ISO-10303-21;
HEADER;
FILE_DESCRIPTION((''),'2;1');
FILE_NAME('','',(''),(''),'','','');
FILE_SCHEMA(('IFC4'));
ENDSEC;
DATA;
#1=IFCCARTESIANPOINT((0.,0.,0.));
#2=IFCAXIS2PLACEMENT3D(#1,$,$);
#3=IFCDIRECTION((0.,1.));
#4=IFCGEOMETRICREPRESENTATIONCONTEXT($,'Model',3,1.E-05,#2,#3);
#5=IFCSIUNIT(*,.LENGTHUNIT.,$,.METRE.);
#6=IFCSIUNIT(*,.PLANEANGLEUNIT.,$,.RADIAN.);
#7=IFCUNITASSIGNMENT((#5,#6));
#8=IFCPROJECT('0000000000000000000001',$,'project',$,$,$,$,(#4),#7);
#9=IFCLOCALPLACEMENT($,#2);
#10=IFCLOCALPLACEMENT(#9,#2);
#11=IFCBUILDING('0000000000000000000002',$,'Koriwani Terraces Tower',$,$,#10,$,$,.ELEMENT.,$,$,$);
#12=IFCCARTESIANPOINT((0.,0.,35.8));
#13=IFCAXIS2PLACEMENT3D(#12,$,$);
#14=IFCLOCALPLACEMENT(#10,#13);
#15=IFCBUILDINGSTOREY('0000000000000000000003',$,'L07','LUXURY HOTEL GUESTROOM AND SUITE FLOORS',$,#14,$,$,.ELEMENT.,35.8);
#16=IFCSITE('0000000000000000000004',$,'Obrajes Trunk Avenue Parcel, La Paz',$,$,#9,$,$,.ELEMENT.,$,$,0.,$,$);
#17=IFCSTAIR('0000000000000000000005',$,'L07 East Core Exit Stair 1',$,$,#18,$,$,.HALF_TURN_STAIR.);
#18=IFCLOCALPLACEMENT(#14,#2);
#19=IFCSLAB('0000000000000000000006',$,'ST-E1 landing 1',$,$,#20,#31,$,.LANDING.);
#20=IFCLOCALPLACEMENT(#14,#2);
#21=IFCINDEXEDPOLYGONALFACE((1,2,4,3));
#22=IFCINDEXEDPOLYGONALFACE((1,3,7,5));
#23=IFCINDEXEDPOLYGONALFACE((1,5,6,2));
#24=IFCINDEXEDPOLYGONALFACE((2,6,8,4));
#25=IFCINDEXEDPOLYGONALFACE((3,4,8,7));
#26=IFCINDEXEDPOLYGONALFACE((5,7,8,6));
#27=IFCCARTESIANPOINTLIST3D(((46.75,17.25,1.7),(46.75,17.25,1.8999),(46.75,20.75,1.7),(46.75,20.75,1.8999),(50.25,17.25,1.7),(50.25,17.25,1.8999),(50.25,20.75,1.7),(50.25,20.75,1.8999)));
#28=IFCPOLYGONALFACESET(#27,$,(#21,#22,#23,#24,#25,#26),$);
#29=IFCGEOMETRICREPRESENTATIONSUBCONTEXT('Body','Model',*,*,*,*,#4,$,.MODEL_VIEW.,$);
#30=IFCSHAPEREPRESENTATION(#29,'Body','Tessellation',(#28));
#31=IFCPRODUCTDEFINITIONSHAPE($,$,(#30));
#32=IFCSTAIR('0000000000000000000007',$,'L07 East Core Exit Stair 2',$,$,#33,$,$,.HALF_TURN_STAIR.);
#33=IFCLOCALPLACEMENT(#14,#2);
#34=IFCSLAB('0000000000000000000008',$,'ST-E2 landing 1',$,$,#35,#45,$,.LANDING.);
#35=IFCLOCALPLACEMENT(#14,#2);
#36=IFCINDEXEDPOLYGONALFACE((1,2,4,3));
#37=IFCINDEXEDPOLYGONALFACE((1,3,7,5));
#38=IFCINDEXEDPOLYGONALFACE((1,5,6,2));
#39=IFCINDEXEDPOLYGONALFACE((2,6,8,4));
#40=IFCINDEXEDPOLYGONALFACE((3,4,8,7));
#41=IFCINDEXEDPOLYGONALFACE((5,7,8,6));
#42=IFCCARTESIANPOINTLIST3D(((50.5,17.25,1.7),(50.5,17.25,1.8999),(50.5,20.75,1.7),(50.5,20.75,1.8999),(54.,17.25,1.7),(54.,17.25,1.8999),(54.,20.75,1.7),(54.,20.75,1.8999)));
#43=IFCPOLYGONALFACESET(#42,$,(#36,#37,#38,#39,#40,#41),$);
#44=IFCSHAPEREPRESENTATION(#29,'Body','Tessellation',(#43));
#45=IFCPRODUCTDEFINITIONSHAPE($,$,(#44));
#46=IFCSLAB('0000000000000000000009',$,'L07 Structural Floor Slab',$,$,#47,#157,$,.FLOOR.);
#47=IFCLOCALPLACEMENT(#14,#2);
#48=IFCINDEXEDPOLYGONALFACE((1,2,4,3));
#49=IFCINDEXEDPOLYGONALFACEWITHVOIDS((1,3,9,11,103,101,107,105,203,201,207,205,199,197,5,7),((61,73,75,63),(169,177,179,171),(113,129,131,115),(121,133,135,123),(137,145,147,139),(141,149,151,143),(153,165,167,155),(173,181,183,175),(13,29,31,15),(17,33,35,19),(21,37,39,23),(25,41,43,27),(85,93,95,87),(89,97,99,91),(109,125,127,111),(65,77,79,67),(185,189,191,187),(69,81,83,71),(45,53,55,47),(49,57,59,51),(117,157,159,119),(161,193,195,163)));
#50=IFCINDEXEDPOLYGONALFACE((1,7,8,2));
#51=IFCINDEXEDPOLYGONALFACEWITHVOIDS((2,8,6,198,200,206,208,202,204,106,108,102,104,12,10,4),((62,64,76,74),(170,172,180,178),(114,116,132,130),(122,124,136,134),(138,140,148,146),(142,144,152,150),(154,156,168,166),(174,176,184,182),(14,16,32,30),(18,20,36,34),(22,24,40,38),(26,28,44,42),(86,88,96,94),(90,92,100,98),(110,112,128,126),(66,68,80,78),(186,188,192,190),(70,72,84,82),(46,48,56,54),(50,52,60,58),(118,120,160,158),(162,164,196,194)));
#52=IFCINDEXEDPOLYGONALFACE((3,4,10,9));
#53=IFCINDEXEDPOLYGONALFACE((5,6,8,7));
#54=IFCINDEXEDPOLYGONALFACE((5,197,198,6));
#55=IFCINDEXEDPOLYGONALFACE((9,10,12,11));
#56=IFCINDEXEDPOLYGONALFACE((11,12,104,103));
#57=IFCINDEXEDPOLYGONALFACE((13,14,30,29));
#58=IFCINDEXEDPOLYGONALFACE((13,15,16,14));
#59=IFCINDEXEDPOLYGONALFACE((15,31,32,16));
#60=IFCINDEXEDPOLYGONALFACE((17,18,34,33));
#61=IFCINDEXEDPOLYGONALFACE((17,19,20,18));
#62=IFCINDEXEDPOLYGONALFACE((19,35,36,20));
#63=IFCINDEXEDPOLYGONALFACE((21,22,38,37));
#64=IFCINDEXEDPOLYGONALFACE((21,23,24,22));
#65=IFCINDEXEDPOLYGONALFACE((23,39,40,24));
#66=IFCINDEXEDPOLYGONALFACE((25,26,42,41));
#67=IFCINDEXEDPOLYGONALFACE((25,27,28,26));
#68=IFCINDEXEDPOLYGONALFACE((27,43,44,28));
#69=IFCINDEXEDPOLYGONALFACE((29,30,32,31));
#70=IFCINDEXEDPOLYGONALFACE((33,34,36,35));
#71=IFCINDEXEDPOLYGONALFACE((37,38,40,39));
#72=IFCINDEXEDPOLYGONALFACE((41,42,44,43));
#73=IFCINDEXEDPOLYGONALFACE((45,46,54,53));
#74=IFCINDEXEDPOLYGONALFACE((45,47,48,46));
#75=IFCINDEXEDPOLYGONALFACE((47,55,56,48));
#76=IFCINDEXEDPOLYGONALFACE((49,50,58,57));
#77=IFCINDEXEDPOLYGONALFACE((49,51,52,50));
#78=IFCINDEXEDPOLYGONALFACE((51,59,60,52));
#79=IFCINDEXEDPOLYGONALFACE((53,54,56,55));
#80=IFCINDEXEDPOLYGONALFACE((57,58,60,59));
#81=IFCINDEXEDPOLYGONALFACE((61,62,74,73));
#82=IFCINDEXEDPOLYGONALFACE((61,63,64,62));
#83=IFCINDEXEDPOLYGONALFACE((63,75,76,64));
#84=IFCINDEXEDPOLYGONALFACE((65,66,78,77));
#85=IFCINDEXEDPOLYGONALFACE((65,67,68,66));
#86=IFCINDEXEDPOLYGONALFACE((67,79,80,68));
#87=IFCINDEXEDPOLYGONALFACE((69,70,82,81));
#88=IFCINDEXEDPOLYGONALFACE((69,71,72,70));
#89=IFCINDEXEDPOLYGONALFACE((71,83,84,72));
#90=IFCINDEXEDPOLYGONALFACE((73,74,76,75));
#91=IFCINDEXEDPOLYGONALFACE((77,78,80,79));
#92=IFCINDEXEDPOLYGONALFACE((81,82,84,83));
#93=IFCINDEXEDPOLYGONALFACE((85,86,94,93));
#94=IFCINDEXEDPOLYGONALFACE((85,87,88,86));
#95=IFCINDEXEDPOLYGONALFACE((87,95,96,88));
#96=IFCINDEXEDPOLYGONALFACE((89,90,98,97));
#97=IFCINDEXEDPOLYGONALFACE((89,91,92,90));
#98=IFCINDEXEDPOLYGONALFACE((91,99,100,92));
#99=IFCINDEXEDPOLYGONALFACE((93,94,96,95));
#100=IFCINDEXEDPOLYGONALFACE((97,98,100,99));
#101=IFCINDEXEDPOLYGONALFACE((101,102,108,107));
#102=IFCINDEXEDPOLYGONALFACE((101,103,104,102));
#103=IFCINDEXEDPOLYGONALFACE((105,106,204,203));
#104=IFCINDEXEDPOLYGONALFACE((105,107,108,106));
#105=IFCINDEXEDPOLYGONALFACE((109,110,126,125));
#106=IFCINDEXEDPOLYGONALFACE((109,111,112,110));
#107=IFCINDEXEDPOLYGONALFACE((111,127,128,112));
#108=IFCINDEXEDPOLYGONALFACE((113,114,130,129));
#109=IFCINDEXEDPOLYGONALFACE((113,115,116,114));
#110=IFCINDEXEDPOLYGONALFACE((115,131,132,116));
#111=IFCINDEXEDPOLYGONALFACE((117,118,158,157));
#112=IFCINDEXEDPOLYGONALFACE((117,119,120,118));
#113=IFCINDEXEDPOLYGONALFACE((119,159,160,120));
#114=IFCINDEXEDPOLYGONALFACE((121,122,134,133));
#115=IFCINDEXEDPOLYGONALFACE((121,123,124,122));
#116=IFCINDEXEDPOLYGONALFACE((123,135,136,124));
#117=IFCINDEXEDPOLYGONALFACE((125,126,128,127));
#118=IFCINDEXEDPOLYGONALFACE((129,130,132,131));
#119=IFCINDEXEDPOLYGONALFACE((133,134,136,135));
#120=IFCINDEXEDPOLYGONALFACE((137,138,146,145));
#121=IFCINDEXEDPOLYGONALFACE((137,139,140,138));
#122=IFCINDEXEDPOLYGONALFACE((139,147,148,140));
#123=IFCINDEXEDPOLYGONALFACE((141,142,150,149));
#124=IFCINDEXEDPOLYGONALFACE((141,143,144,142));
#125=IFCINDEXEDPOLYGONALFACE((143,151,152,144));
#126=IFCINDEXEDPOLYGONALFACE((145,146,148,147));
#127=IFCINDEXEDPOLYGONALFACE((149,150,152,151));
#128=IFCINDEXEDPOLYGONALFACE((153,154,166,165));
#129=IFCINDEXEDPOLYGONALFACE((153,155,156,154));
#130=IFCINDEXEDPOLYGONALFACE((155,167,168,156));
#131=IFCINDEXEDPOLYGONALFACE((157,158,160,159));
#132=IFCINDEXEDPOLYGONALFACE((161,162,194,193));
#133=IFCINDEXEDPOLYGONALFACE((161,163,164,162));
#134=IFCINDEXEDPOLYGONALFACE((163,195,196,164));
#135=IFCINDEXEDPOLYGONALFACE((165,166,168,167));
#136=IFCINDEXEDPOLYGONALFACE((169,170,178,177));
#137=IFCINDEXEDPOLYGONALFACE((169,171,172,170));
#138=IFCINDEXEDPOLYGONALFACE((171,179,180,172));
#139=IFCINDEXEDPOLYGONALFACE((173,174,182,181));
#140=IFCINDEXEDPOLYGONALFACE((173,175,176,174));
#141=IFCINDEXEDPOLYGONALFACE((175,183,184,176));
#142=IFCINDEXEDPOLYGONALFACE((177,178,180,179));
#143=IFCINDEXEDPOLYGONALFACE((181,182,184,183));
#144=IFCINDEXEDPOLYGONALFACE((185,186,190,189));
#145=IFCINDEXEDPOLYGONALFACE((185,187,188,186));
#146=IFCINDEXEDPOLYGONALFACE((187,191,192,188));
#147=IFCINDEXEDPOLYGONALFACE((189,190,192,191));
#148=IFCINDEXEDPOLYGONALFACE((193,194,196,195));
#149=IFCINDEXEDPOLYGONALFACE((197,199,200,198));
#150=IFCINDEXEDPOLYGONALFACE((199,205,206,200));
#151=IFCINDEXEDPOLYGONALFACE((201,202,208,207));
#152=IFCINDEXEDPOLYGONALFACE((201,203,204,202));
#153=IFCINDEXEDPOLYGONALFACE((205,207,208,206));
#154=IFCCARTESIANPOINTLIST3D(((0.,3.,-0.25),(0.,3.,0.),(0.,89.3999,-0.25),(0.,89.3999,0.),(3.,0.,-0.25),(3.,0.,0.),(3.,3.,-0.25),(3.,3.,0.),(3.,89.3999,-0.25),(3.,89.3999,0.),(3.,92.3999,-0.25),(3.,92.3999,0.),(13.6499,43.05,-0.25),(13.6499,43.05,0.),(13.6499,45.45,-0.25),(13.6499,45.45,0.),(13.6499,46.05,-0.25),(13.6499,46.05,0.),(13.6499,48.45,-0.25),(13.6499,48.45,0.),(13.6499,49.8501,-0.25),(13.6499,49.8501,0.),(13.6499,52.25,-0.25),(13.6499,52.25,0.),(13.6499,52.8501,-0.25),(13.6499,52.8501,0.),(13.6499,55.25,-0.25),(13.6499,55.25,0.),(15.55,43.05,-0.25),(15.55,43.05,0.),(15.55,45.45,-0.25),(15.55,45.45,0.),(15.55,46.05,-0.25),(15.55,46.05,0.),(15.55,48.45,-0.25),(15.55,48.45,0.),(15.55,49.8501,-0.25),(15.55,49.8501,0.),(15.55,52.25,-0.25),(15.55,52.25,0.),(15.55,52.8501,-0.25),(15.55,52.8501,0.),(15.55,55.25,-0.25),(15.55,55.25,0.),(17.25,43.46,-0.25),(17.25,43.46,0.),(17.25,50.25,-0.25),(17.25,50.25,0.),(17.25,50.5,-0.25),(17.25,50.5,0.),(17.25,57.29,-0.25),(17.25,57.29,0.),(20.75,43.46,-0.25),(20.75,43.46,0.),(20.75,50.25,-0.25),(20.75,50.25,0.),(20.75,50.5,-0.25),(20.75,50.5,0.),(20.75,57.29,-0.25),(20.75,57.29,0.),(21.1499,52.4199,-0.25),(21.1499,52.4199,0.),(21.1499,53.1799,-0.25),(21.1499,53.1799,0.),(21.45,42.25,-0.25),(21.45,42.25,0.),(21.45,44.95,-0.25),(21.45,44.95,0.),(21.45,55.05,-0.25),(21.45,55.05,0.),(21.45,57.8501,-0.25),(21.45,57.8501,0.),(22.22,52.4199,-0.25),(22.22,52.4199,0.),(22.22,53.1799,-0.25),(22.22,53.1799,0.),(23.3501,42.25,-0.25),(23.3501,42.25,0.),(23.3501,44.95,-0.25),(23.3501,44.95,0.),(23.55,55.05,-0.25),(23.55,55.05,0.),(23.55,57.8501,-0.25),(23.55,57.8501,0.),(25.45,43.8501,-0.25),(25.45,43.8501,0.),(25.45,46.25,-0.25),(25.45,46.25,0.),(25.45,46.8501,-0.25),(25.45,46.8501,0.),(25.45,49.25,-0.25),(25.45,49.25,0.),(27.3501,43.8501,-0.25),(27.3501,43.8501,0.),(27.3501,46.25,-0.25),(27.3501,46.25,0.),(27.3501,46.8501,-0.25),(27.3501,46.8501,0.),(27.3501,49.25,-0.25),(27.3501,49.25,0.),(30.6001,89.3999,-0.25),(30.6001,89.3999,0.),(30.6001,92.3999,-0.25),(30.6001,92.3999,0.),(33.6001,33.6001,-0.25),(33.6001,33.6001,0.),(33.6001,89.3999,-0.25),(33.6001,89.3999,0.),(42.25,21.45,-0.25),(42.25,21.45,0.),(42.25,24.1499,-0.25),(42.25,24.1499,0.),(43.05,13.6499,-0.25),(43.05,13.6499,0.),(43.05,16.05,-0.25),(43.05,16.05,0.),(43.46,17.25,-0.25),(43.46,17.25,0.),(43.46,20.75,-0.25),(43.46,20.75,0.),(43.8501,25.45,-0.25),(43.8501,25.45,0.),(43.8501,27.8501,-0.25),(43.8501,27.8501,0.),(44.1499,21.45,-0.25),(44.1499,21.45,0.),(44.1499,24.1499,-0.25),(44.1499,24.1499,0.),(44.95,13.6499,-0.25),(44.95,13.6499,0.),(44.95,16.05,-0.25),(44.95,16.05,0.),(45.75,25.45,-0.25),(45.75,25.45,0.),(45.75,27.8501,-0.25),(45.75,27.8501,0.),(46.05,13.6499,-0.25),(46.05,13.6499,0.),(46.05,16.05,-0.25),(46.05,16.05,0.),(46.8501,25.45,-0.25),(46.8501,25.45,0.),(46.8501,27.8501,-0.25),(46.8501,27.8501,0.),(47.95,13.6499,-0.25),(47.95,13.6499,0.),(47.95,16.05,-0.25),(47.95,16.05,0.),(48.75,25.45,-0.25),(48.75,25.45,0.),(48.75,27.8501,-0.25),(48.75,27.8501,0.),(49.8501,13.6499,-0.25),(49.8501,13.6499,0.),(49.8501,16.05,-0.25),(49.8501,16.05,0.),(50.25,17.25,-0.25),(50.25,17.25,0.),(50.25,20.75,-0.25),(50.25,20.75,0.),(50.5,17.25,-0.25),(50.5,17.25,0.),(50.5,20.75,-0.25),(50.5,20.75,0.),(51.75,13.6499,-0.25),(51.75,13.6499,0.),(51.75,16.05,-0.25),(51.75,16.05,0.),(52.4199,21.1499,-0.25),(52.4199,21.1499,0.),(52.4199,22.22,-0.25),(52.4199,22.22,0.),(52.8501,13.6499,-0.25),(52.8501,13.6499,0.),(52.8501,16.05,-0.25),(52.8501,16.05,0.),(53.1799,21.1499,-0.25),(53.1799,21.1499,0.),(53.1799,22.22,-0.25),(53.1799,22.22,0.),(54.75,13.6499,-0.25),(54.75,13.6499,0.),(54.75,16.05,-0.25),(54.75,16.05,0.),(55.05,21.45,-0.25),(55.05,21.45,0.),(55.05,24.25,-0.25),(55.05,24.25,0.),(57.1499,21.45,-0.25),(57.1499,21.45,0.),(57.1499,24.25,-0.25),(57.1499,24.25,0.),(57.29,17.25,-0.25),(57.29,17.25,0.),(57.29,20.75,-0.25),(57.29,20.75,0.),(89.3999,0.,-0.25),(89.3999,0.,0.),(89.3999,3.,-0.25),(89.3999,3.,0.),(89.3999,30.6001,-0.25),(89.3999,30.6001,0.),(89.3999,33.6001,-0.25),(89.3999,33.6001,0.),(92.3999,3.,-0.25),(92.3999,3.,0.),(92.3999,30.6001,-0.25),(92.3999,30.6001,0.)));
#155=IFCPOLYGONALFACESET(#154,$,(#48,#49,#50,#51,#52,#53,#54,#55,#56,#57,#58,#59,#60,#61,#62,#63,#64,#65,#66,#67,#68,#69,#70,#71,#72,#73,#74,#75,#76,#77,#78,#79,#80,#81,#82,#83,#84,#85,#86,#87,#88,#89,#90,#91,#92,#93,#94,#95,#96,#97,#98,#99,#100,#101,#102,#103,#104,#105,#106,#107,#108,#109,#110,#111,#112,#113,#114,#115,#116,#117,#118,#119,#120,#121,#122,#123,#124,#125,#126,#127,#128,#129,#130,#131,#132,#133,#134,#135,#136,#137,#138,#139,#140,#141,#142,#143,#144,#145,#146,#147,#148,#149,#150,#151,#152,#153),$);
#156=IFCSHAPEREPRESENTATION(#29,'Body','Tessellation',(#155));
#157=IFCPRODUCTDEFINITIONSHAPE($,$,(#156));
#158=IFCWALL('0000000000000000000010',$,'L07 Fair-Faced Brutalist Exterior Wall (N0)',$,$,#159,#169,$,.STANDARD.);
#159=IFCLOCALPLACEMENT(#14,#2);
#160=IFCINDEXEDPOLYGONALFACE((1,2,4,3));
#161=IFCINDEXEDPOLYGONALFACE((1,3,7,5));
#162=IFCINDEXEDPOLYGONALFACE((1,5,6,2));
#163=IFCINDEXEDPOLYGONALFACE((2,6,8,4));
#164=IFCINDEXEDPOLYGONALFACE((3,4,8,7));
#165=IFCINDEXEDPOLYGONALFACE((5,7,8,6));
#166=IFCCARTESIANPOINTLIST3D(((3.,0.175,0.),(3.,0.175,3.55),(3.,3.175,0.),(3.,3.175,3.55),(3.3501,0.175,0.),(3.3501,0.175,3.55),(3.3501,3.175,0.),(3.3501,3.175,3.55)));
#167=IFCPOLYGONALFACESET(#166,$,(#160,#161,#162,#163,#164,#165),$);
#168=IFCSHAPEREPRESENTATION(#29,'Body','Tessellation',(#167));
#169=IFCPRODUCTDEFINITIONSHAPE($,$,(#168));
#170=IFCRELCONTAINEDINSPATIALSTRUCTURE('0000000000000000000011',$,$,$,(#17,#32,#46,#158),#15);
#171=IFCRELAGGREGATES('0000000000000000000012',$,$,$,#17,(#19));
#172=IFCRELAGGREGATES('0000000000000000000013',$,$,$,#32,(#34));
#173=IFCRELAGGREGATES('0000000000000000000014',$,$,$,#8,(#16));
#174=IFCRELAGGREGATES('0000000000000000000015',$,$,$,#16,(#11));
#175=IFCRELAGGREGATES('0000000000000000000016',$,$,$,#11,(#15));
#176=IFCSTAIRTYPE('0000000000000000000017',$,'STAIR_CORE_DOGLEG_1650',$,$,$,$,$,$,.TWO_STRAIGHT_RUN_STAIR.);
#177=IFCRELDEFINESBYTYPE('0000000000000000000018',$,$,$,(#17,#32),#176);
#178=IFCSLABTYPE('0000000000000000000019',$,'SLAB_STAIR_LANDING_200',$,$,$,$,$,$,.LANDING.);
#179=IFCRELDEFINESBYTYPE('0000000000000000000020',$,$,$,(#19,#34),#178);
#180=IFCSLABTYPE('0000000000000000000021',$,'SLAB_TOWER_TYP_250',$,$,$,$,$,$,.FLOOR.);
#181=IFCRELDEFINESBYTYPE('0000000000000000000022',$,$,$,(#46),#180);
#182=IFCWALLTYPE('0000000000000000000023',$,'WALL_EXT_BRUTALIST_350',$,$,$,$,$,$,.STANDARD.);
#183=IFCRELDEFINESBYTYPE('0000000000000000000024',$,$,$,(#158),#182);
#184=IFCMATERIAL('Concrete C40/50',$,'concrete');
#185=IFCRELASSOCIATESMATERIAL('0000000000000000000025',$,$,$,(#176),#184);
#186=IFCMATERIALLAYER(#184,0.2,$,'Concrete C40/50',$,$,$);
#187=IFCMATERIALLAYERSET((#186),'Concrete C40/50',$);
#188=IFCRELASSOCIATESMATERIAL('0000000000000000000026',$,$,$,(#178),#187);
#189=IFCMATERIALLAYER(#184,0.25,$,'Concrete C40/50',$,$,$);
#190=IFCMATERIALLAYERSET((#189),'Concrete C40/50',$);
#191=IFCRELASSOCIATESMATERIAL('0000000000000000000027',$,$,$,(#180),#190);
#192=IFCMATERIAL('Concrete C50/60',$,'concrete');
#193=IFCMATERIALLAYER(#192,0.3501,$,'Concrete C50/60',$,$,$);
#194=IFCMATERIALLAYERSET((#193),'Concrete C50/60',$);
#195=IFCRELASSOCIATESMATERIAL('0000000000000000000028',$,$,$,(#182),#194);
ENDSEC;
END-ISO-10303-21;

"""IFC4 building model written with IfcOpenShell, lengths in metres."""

from ifc_helpers import new_model, si_unit, direction, frame, frame_2d, origin, place, context, subcontext, project, spatial, polyline, rectangle, outline, extrude, material, layer, layer_set, type_object, element, aggregate, save


model = new_model("IFC4")

# Units and contexts
model_context = context("Model", 3, precision=1e-05, world=origin(), true_north=direction((0.0, 1.0)))
body_context = subcontext(model_context, "Body", "Model", "MODEL_VIEW")
ifc_project = project(units=[si_unit("LENGTHUNIT", "METRE"), si_unit("PLANEANGLEUNIT", "RADIAN")], contexts=[model_context])

# Site, building, storey
site_placement = place(None, origin())
site = spatial("IfcSite", under=ifc_project, at=site_placement, Name="Obrajes Trunk Avenue Parcel, La Paz", CompositionType="ELEMENT", RefElevation=0.0)
building_placement = place(site_placement, origin())
building = spatial("IfcBuilding", under=site, at=building_placement, Name="Koriwani Terraces Tower", CompositionType="ELEMENT")
storey_placement = place(building_placement, frame((0.0, 0.0, 35.8)))
storey = spatial("IfcBuildingStorey", under=building, at=storey_placement, Name="L07", Description="LUXURY HOTEL GUESTROOM AND SUITE FLOORS", CompositionType="ELEMENT", Elevation=35.8)

# Shared definitions
ifc_material_1 = material(Name="Concrete C40/50", Category="concrete")
ifc_material_2 = material(Name="Concrete C50/60", Category="concrete")

# Stairs, slabs
stair_type = type_object("IfcStairType", Name="STAIR_CORE_DOGLEG_1650", PredefinedType="TWO_STRAIGHT_RUN_STAIR", material=ifc_material_1)
ifc_layer_1 = layer(ifc_material_1, 0.2, Name="Concrete C40/50")
ifc_layer_set_1 = layer_set([ifc_layer_1], Name="Concrete C40/50")
slab_type_1 = type_object("IfcSlabType", Name="SLAB_STAIR_LANDING_200", PredefinedType="LANDING", material=ifc_layer_set_1)
stair_1_placement = place(storey_placement, origin())
stair_1 = element("IfcStair", 1, at=stair_1_placement, inside=storey, type_object=stair_type, Name="L07 East Core Exit Stair 1", PredefinedType="HALF_TURN_STAIR")
slab_1_placement = place(storey_placement, frame((0.0, 0.0, 1.7)))
slab_1 = element("IfcSlab", 2, at=slab_1_placement, type_object=slab_type_1, Name="ST-E1 landing 1", PredefinedType="LANDING", context=body_context, shape_type="SweptSolid", body=[
    extrude(outline(polyline([(46.75, 17.25), (50.25, 17.25), (50.25, 20.75), (46.75, 20.75), (46.75, 17.25)])), origin(), (0.0, 0.0, 1.0), 0.2),
])
aggregate(stair_1, [slab_1])
stair_2_placement = place(storey_placement, origin())
stair_2 = element("IfcStair", 3, at=stair_2_placement, inside=storey, type_object=stair_type, Name="L07 East Core Exit Stair 2", PredefinedType="HALF_TURN_STAIR")
slab_2_placement = place(storey_placement, frame((0.0, 0.0, 1.7)))
slab_2 = element("IfcSlab", 4, at=slab_2_placement, type_object=slab_type_1, Name="ST-E2 landing 1", PredefinedType="LANDING", context=body_context, shape_type="SweptSolid", body=[
    extrude(outline(polyline([(54.0, 20.75), (50.5, 20.75), (50.5, 17.25), (54.0, 17.25), (54.0, 20.75)])), origin(), (0.0, 0.0, 1.0), 0.2),
])
aggregate(stair_2, [slab_2])

# Slab
ifc_layer_2 = layer(ifc_material_1, 0.25, Name="Concrete C40/50")
ifc_layer_set_2 = layer_set([ifc_layer_2], Name="Concrete C40/50")
slab_type_2 = type_object("IfcSlabType", Name="SLAB_TOWER_TYP_250", PredefinedType="FLOOR", material=ifc_layer_set_2)
slab_3_placement = place(storey_placement, frame((0.0, 0.0, -0.25)))
element("IfcSlab", 5, at=slab_3_placement, inside=storey, type_object=slab_type_2, Name="L07 Structural Floor Slab", PredefinedType="FLOOR", context=body_context, shape_type="SweptSolid", body=[
    extrude(outline(polyline([(3.0, 0.0), (89.3999, 0.0), (89.3999, 3.0), (92.3999, 3.0), (92.3999, 30.6001), (89.3999, 30.6001), (89.3999, 33.6001), (33.6001, 33.6001), (33.6001, 89.3999), (30.6001, 89.3999), (30.6001, 92.3999), (3.0, 92.3999), (3.0, 89.3999), (0.0, 89.3999), (0.0, 3.0), (3.0, 3.0), (3.0, 0.0)]), holes=[polyline([(17.25, 43.46), (20.75, 43.46), (20.75, 50.25), (17.25, 50.25), (17.25, 43.46)]), polyline([(17.25, 50.5), (20.75, 50.5), (20.75, 57.29), (17.25, 57.29), (17.25, 50.5)]), polyline([(43.46, 17.25), (50.25, 17.25), (50.25, 20.75), (43.46, 20.75), (43.46, 17.25)]), polyline([(50.5, 17.25), (57.29, 17.25), (57.29, 20.75), (50.5, 20.75), (50.5, 17.25)]), polyline([(13.6499, 43.05), (15.55, 43.05), (15.55, 45.45), (13.6499, 45.45), (13.6499, 43.05)]), polyline([(13.6499, 46.05), (15.55, 46.05), (15.55, 48.45), (13.6499, 48.45), (13.6499, 46.05)]), polyline([(43.05, 13.6499), (44.95, 13.6499), (44.95, 16.05), (43.05, 16.05), (43.05, 13.6499)]), polyline([(46.05, 13.6499), (47.95, 13.6499), (47.95, 16.05), (46.05, 16.05), (46.05, 13.6499)]), polyline([(13.6499, 49.8501), (15.55, 49.8501), (15.55, 52.25), (13.6499, 52.25), (13.6499, 49.8501)]), polyline([(13.6499, 52.8501), (15.55, 52.8501), (15.55, 55.25), (13.6499, 55.25), (13.6499, 52.8501)]), polyline([(49.8501, 13.6499), (51.75, 13.6499), (51.75, 16.05), (49.8501, 16.05), (49.8501, 13.6499)]), polyline([(52.8501, 13.6499), (54.75, 13.6499), (54.75, 16.05), (52.8501, 16.05), (52.8501, 13.6499)]), polyline([(25.45, 43.8501), (27.3501, 43.8501), (27.3501, 46.25), (25.45, 46.25), (25.45, 43.8501)]), polyline([(25.45, 46.8501), (27.3501, 46.8501), (27.3501, 49.25), (25.45, 49.25), (25.45, 46.8501)]), polyline([(43.8501, 25.45), (45.75, 25.45), (45.75, 27.8501), (43.8501, 27.8501), (43.8501, 25.45)]), polyline([(46.8501, 25.45), (48.75, 25.45), (48.75, 27.8501), (46.8501, 27.8501), (46.8501, 25.45)]), polyline([(21.45, 55.05), (23.55, 55.05), (23.55, 57.8501), (21.45, 57.8501), (21.45, 55.05)]), polyline([(55.05, 21.45), (57.1499, 21.45), (57.1499, 24.25), (55.05, 24.25), (55.05, 21.45)]), polyline([(21.45, 42.25), (23.3501, 42.25), (23.3501, 44.95), (21.45, 44.95), (21.45, 42.25)]), polyline([(42.25, 21.45), (44.1499, 21.45), (44.1499, 24.1499), (42.25, 24.1499), (42.25, 21.45)]), polyline([(21.1499, 52.4199), (22.22, 52.4199), (22.22, 53.1799), (21.1499, 53.1799), (21.1499, 52.4199)]), polyline([(52.4199, 21.1499), (53.1799, 21.1499), (53.1799, 22.22), (52.4199, 22.22), (52.4199, 21.1499)])]), origin(), (0.0, 0.0, 1.0), 0.25),
])

# Wall
ifc_layer_3 = layer(ifc_material_2, 0.3501, Name="Concrete C50/60")
ifc_layer_set_3 = layer_set([ifc_layer_3], Name="Concrete C50/60")
wall_type = type_object("IfcWallType", Name="WALL_EXT_BRUTALIST_350", PredefinedType="STANDARD", material=ifc_layer_set_3)
wall_1_placement = place(storey_placement, frame((3.175, 0.175, 0.0), z_axis=(0.0, 0.0, 1.0), x_axis=(0.0, 1.0, 0.0)))
element("IfcWall", 6, at=wall_1_placement, inside=storey, type_object=wall_type, Name="L07 Fair-Faced Brutalist Exterior Wall (N0)", PredefinedType="STANDARD", context=body_context, shape_type="SweptSolid", body=[
    extrude(rectangle(XDim=3.0, YDim=0.3501, at=frame_2d((1.5, 0.0))), origin(), (0.0, 0.0, 1.0), 3.55),
])

save(model, "model.ifc")
